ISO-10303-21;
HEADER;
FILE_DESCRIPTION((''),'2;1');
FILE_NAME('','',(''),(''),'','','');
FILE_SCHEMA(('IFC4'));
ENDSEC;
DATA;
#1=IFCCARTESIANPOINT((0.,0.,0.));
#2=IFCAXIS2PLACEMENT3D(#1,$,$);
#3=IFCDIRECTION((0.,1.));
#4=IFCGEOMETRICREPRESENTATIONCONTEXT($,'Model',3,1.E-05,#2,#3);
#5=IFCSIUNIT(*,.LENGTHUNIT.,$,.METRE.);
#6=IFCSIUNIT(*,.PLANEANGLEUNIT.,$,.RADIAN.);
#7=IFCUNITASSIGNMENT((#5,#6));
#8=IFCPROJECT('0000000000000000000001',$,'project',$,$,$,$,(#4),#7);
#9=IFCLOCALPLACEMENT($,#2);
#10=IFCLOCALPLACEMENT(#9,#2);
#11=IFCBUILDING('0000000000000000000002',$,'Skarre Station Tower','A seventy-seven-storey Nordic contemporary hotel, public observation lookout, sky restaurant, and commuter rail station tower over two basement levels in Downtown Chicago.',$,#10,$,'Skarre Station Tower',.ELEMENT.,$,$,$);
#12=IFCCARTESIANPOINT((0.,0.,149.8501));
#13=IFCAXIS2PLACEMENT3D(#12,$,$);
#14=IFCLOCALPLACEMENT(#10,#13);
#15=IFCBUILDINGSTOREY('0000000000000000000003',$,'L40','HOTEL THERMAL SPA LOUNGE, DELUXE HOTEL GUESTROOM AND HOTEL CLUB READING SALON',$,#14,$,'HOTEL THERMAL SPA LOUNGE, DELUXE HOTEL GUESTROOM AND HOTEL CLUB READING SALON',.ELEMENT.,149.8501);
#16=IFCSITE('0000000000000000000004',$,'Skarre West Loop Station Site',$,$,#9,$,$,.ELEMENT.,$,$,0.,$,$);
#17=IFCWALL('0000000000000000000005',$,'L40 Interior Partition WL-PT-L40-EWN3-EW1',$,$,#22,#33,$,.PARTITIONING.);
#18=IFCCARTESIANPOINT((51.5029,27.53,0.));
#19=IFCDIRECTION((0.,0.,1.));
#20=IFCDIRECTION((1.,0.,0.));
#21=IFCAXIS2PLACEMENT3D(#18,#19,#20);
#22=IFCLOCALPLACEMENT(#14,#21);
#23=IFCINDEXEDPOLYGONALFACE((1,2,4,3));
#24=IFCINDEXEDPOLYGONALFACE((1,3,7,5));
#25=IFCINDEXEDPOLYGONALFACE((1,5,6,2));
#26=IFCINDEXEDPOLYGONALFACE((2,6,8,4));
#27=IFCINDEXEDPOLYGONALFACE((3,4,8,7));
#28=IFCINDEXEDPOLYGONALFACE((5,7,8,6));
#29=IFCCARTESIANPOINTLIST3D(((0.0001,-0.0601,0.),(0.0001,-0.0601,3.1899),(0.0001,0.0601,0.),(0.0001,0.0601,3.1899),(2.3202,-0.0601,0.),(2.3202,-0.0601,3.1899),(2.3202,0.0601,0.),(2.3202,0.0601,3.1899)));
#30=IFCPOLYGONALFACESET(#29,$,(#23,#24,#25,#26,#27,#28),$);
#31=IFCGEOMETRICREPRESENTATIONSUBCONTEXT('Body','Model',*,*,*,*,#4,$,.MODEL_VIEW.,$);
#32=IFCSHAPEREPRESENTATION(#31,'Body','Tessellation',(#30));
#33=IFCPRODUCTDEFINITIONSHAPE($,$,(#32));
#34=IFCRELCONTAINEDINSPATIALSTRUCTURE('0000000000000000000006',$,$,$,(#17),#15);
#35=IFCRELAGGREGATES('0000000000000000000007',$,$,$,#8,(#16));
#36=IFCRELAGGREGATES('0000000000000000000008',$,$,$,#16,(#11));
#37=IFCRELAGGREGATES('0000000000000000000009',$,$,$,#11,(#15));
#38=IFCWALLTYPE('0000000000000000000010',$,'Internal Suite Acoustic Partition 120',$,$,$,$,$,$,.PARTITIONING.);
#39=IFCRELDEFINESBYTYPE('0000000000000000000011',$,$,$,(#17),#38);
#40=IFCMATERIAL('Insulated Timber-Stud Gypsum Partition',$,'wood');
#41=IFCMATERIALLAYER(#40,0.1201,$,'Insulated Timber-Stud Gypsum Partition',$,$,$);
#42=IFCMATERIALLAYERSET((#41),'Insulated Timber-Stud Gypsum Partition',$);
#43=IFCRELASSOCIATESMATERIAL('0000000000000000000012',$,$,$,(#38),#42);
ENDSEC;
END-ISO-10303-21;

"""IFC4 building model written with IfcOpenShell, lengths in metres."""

from ifc_helpers import new_model, si_unit, direction, frame, frame_2d, origin, place, context, subcontext, project, spatial, rectangle, extrude, material, layer, layer_set, type_object, element, save


model = new_model("IFC4")

# Units and contexts
model_context = context("Model", 3, precision=1e-05, world=origin(), true_north=direction((0.0, 1.0)))
body_context = subcontext(model_context, "Body", "Model", "MODEL_VIEW")
ifc_project = project(units=[si_unit("LENGTHUNIT", "METRE"), si_unit("PLANEANGLEUNIT", "RADIAN")], contexts=[model_context])

# Site, building, storey
site_placement = place(None, origin())
site = spatial("IfcSite", under=ifc_project, at=site_placement, Name="Skarre West Loop Station Site", CompositionType="ELEMENT", RefElevation=0.0)
building_placement = place(site_placement, origin())
building = spatial("IfcBuilding", under=site, at=building_placement, Name="Skarre Station Tower", Description="A seventy-seven-storey Nordic contemporary hotel, public observation lookout, sky restaurant, and commuter rail station tower over two basement levels in Downtown Chicago.", LongName="Skarre Station Tower", CompositionType="ELEMENT")
storey_placement = place(building_placement, frame((0.0, 0.0, 149.8501)))
storey = spatial("IfcBuildingStorey", under=building, at=storey_placement, Name="L40", Description="HOTEL THERMAL SPA LOUNGE, DELUXE HOTEL GUESTROOM AND HOTEL CLUB READING SALON", LongName="HOTEL THERMAL SPA LOUNGE, DELUXE HOTEL GUESTROOM AND HOTEL CLUB READING SALON", CompositionType="ELEMENT", Elevation=149.8501)

# Shared definitions
ifc_material_1 = material(Name="Insulated Timber-Stud Gypsum Partition", Category="wood")
ifc_layer_1 = layer(ifc_material_1, 0.1201, Name="Insulated Timber-Stud Gypsum Partition")
ifc_layer_set_1 = layer_set([ifc_layer_1], Name="Insulated Timber-Stud Gypsum Partition")
wall_type_1 = type_object("IfcWallType", Name="Internal Suite Acoustic Partition 120", PredefinedType="PARTITIONING", material=ifc_layer_set_1)

# Wall
wall_1_placement = place(storey_placement, frame((51.5029, 27.53, 0.0), z_axis=(0.0, 0.0, 1.0), x_axis=(1.0, 0.0, 0.0)))
element("IfcWall", 1, at=wall_1_placement, inside=storey, type_object=wall_type_1, Name="L40 Interior Partition WL-PT-L40-EWN3-EW1", PredefinedType="PARTITIONING", context=body_context, shape_type="SweptSolid", body=[
    extrude(rectangle(XDim=2.3201, YDim=0.1201, at=frame_2d((1.1602, 0.0))), origin(), (0.0, 0.0, 1.0), 3.1899),
])

save(model, "model.ifc")
